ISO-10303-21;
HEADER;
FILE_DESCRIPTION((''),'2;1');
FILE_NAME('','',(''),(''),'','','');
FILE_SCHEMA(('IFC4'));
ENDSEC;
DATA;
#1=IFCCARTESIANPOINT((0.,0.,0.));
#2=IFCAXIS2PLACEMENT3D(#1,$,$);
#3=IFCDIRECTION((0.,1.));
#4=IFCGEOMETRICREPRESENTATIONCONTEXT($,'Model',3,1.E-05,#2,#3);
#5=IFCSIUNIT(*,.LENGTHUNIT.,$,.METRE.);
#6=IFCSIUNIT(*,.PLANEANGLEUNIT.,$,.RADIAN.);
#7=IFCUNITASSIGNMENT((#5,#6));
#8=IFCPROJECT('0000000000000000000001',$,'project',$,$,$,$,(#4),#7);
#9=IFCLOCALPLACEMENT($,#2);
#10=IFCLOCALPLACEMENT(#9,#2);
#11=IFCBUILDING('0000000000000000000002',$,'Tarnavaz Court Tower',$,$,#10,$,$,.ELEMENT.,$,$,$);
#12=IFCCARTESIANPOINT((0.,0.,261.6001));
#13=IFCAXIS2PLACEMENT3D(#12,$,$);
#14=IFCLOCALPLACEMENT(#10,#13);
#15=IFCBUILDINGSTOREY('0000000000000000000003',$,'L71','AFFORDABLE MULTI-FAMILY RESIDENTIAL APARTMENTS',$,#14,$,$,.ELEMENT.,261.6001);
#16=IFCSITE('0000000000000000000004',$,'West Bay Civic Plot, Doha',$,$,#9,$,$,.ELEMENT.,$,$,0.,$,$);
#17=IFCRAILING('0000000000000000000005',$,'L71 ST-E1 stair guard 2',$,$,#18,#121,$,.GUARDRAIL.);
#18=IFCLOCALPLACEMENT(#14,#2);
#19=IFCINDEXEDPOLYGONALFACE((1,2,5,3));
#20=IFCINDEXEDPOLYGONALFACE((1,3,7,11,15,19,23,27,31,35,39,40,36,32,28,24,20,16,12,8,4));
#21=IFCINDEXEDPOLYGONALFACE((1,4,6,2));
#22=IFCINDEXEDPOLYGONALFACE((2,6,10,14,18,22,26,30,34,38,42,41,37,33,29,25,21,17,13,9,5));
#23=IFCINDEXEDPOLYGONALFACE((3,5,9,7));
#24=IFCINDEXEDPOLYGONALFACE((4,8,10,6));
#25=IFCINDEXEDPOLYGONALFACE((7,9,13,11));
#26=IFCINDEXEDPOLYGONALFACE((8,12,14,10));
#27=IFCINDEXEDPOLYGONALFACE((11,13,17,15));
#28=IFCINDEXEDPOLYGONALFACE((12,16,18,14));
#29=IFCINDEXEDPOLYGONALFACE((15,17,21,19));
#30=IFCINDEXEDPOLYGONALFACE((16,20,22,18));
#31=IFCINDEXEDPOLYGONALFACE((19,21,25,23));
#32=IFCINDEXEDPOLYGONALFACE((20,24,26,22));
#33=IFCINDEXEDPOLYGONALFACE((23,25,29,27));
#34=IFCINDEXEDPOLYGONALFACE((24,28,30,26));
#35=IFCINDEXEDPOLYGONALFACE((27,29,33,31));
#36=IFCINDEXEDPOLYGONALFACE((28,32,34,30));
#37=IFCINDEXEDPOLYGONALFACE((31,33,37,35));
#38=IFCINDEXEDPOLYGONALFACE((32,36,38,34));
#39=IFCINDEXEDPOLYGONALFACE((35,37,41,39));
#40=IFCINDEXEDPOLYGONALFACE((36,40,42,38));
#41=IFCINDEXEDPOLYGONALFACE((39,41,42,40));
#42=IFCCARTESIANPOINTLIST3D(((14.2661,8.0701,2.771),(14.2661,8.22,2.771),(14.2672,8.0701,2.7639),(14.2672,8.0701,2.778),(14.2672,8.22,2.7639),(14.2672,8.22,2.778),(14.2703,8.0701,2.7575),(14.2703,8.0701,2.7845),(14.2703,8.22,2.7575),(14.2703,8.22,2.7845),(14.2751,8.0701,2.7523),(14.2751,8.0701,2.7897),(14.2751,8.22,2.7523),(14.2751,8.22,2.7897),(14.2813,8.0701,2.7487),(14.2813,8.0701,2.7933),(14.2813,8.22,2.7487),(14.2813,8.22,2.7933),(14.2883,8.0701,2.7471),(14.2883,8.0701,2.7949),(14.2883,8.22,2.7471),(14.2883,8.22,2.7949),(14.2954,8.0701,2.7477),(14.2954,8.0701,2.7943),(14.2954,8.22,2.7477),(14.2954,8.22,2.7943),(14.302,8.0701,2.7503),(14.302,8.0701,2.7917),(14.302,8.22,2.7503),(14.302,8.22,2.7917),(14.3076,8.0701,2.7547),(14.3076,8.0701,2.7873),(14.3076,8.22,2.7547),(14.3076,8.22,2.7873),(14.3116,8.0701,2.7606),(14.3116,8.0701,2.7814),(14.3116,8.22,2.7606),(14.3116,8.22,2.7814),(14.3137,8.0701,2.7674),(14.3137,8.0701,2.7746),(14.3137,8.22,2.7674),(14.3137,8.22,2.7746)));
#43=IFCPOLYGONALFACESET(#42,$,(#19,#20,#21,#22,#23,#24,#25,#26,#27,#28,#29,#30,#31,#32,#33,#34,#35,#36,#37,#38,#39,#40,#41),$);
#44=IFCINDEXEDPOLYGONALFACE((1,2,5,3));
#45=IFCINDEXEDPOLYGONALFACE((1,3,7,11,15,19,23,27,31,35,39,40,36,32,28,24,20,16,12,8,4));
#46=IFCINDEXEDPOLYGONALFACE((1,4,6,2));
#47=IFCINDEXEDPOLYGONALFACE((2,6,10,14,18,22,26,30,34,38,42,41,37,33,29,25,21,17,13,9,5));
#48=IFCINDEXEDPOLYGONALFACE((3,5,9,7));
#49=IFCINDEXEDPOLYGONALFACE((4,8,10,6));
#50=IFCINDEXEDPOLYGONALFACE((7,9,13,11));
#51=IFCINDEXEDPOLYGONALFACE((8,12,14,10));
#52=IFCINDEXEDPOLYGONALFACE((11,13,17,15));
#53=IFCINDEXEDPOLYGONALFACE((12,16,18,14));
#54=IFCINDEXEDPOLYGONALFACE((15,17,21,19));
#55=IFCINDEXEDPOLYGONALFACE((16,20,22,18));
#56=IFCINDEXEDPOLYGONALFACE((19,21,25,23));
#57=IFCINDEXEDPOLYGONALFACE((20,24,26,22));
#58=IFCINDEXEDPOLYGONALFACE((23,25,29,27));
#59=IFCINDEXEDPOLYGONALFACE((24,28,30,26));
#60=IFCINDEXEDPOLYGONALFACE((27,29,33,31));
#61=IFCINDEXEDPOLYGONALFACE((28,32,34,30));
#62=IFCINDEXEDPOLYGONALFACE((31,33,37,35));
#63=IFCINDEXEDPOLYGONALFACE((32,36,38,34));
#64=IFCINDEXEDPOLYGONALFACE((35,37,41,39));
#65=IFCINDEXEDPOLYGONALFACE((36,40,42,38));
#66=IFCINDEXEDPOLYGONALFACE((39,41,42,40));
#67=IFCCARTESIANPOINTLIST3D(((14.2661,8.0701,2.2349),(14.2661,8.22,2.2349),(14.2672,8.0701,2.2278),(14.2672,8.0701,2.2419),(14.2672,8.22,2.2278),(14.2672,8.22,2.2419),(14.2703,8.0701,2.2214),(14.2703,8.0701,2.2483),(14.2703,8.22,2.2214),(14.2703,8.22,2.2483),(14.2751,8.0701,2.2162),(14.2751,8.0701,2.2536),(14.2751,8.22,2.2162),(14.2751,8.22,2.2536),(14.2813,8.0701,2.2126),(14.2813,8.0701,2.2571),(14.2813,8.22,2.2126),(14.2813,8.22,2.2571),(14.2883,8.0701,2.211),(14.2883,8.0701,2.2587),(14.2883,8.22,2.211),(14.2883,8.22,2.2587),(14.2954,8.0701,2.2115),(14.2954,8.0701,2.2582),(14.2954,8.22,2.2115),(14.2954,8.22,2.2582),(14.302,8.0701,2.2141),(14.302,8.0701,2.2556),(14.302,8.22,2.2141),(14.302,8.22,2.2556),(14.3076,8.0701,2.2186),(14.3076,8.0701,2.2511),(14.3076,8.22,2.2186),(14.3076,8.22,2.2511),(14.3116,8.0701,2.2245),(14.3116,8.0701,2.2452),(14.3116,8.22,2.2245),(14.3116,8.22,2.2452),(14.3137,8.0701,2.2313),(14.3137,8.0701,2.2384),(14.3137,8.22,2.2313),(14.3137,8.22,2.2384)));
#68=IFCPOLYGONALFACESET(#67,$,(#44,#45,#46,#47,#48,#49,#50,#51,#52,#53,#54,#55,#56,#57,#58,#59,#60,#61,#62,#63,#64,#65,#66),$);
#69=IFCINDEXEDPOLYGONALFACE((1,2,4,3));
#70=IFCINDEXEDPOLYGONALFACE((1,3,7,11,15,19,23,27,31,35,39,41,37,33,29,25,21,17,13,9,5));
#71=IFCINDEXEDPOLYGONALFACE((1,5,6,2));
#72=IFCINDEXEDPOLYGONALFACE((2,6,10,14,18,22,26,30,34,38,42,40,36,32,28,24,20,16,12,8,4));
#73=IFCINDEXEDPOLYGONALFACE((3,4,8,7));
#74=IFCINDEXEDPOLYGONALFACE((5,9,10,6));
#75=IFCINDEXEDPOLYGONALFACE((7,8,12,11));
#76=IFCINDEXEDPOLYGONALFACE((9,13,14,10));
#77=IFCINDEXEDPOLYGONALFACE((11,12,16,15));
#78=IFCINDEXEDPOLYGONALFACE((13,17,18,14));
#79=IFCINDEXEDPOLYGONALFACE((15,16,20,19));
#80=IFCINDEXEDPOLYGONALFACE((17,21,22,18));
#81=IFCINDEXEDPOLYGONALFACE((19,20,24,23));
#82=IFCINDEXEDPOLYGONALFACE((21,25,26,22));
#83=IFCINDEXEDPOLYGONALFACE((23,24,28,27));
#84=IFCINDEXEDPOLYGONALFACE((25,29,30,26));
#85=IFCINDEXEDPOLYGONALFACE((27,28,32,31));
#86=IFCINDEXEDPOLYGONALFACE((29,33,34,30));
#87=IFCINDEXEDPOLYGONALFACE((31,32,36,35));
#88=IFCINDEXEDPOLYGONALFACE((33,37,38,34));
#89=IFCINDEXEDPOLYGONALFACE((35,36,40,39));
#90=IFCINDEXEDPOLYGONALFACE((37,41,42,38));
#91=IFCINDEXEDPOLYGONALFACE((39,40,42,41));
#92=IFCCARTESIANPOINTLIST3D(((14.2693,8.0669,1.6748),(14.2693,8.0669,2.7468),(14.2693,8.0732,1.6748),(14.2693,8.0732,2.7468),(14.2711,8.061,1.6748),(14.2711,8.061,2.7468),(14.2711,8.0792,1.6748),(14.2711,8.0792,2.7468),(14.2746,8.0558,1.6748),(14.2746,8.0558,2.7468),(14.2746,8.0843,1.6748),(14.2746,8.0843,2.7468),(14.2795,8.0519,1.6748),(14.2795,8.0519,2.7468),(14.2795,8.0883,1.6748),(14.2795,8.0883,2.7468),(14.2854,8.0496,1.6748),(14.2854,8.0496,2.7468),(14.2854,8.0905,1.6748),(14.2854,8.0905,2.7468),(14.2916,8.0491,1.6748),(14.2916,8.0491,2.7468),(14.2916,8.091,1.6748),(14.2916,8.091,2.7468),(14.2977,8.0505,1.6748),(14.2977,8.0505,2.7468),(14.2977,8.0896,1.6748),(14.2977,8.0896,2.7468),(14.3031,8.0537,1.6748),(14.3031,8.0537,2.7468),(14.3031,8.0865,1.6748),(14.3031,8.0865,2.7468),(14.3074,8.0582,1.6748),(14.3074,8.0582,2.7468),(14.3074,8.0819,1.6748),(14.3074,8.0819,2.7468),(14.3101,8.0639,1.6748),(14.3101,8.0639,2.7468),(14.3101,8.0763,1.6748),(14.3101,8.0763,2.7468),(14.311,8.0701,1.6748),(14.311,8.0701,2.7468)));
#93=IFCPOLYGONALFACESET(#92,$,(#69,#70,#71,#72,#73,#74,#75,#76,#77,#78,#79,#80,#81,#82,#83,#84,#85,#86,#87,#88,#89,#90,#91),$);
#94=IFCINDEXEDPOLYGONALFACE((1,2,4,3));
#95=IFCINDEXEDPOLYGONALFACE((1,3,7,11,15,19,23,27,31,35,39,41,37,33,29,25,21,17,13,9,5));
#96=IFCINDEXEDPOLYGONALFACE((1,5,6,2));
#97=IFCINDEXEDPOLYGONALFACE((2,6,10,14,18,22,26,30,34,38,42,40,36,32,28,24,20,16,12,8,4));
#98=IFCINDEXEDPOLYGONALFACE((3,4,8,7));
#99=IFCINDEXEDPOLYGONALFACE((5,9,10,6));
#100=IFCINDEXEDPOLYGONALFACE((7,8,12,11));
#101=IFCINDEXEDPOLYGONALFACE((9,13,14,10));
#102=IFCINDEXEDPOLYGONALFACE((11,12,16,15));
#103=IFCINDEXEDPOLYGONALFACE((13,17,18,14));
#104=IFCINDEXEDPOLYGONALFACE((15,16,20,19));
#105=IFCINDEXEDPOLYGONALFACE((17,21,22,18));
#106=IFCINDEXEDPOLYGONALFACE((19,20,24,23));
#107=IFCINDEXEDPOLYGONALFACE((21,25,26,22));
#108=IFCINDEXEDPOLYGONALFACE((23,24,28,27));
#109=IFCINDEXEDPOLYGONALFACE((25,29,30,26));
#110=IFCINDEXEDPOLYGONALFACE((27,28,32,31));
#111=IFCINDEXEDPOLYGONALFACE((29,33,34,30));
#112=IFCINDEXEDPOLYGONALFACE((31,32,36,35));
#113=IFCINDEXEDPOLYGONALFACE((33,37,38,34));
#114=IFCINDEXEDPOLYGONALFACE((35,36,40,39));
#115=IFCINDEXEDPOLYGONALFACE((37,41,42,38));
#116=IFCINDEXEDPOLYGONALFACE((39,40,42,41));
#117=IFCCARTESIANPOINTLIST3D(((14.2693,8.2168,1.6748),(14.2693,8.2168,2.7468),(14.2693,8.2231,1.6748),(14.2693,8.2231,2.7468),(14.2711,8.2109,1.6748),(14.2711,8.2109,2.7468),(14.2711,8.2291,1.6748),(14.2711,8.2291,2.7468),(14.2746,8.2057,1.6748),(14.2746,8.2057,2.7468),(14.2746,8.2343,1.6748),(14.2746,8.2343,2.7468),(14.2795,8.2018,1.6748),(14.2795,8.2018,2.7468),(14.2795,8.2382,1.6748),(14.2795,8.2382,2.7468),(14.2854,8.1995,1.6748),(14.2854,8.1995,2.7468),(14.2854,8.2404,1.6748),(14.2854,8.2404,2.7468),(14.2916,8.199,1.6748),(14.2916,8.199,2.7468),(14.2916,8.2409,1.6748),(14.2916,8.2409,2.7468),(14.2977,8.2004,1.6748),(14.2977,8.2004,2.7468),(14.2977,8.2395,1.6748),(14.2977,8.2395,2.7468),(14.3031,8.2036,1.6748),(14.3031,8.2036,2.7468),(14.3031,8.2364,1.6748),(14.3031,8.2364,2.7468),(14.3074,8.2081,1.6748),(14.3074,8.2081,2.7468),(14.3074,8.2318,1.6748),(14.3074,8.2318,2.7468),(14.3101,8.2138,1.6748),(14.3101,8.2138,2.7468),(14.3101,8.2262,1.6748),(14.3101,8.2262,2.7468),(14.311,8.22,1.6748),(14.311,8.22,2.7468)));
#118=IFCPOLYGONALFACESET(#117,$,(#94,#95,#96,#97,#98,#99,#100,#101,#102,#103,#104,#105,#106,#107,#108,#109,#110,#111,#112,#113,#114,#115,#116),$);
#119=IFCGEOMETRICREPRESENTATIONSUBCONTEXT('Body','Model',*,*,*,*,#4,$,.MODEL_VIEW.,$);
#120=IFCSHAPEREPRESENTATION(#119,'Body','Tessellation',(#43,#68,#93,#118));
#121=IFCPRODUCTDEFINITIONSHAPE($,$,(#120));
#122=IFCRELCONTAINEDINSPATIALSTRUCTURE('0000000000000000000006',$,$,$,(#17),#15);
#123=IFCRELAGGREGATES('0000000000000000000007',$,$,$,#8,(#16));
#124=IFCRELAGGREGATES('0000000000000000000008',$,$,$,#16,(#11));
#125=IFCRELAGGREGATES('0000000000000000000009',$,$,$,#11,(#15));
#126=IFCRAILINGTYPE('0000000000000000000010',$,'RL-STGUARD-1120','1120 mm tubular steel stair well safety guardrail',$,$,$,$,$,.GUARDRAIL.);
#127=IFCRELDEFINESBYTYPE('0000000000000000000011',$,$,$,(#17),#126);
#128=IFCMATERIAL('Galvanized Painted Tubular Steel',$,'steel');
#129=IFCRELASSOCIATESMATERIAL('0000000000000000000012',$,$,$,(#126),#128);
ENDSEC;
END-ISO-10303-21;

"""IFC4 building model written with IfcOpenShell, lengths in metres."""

from ifc_helpers import new_model, si_unit, direction, frame, origin, origin_2d, place, context, subcontext, project, spatial, circle, extrude, material, type_object, element, save


model = new_model("IFC4")

# Units and contexts
model_context = context("Model", 3, precision=1e-05, world=origin(), true_north=direction((0.0, 1.0)))
body_context = subcontext(model_context, "Body", "Model", "MODEL_VIEW")
ifc_project = project(units=[si_unit("LENGTHUNIT", "METRE"), si_unit("PLANEANGLEUNIT", "RADIAN")], contexts=[model_context])

# Site, building, storey
site_placement = place(None, origin())
site = spatial("IfcSite", under=ifc_project, at=site_placement, Name="West Bay Civic Plot, Doha", CompositionType="ELEMENT", RefElevation=0.0)
building_placement = place(site_placement, origin())
building = spatial("IfcBuilding", under=site, at=building_placement, Name="Tarnavaz Court Tower", CompositionType="ELEMENT")
storey_placement = place(building_placement, frame((0.0, 0.0, 261.6001)))
storey = spatial("IfcBuildingStorey", under=building, at=storey_placement, Name="L71", Description="AFFORDABLE MULTI-FAMILY RESIDENTIAL APARTMENTS", CompositionType="ELEMENT", Elevation=261.6001)

# Railing
ifc_material_1 = material(Name="Galvanized Painted Tubular Steel", Category="steel")
railing_type_1 = type_object("IfcRailingType", Name="RL-STGUARD-1120", Description="1120 mm tubular steel stair well safety guardrail", PredefinedType="GUARDRAIL", material=ifc_material_1)
railing_1_placement = place(storey_placement, frame((14.29, 8.0701, 1.6748)))
element("IfcRailing", 1, at=railing_1_placement, inside=storey, type_object=railing_type_1, Name="L71 ST-E1 stair guard 2", PredefinedType="GUARDRAIL", context=body_context, shape_type="SweptSolid", body=[
    extrude(circle(Radius=0.0239, at=origin_2d()), frame((0.0, 0.0, 1.0962), z_axis=(0.0, 1.0, 0.0), x_axis=(-1.0, 0.0, 0.0)), (0.0, 0.0, 1.0), 0.1499),
    extrude(circle(Radius=0.0239, at=origin_2d()), frame((0.0, 0.0, 0.5601), z_axis=(0.0, 1.0, 0.0), x_axis=(-1.0, 0.0, 0.0)), (0.0, 0.0, 1.0), 0.1499),
    extrude(circle(Radius=0.021, at=origin_2d()), origin(), (0.0, 0.0, 1.0), 1.072),
    extrude(circle(Radius=0.021, at=origin_2d()), frame((0.0, 0.1499, 0.0)), (0.0, 0.0, 1.0), 1.072),
])

save(model, "model.ifc")
